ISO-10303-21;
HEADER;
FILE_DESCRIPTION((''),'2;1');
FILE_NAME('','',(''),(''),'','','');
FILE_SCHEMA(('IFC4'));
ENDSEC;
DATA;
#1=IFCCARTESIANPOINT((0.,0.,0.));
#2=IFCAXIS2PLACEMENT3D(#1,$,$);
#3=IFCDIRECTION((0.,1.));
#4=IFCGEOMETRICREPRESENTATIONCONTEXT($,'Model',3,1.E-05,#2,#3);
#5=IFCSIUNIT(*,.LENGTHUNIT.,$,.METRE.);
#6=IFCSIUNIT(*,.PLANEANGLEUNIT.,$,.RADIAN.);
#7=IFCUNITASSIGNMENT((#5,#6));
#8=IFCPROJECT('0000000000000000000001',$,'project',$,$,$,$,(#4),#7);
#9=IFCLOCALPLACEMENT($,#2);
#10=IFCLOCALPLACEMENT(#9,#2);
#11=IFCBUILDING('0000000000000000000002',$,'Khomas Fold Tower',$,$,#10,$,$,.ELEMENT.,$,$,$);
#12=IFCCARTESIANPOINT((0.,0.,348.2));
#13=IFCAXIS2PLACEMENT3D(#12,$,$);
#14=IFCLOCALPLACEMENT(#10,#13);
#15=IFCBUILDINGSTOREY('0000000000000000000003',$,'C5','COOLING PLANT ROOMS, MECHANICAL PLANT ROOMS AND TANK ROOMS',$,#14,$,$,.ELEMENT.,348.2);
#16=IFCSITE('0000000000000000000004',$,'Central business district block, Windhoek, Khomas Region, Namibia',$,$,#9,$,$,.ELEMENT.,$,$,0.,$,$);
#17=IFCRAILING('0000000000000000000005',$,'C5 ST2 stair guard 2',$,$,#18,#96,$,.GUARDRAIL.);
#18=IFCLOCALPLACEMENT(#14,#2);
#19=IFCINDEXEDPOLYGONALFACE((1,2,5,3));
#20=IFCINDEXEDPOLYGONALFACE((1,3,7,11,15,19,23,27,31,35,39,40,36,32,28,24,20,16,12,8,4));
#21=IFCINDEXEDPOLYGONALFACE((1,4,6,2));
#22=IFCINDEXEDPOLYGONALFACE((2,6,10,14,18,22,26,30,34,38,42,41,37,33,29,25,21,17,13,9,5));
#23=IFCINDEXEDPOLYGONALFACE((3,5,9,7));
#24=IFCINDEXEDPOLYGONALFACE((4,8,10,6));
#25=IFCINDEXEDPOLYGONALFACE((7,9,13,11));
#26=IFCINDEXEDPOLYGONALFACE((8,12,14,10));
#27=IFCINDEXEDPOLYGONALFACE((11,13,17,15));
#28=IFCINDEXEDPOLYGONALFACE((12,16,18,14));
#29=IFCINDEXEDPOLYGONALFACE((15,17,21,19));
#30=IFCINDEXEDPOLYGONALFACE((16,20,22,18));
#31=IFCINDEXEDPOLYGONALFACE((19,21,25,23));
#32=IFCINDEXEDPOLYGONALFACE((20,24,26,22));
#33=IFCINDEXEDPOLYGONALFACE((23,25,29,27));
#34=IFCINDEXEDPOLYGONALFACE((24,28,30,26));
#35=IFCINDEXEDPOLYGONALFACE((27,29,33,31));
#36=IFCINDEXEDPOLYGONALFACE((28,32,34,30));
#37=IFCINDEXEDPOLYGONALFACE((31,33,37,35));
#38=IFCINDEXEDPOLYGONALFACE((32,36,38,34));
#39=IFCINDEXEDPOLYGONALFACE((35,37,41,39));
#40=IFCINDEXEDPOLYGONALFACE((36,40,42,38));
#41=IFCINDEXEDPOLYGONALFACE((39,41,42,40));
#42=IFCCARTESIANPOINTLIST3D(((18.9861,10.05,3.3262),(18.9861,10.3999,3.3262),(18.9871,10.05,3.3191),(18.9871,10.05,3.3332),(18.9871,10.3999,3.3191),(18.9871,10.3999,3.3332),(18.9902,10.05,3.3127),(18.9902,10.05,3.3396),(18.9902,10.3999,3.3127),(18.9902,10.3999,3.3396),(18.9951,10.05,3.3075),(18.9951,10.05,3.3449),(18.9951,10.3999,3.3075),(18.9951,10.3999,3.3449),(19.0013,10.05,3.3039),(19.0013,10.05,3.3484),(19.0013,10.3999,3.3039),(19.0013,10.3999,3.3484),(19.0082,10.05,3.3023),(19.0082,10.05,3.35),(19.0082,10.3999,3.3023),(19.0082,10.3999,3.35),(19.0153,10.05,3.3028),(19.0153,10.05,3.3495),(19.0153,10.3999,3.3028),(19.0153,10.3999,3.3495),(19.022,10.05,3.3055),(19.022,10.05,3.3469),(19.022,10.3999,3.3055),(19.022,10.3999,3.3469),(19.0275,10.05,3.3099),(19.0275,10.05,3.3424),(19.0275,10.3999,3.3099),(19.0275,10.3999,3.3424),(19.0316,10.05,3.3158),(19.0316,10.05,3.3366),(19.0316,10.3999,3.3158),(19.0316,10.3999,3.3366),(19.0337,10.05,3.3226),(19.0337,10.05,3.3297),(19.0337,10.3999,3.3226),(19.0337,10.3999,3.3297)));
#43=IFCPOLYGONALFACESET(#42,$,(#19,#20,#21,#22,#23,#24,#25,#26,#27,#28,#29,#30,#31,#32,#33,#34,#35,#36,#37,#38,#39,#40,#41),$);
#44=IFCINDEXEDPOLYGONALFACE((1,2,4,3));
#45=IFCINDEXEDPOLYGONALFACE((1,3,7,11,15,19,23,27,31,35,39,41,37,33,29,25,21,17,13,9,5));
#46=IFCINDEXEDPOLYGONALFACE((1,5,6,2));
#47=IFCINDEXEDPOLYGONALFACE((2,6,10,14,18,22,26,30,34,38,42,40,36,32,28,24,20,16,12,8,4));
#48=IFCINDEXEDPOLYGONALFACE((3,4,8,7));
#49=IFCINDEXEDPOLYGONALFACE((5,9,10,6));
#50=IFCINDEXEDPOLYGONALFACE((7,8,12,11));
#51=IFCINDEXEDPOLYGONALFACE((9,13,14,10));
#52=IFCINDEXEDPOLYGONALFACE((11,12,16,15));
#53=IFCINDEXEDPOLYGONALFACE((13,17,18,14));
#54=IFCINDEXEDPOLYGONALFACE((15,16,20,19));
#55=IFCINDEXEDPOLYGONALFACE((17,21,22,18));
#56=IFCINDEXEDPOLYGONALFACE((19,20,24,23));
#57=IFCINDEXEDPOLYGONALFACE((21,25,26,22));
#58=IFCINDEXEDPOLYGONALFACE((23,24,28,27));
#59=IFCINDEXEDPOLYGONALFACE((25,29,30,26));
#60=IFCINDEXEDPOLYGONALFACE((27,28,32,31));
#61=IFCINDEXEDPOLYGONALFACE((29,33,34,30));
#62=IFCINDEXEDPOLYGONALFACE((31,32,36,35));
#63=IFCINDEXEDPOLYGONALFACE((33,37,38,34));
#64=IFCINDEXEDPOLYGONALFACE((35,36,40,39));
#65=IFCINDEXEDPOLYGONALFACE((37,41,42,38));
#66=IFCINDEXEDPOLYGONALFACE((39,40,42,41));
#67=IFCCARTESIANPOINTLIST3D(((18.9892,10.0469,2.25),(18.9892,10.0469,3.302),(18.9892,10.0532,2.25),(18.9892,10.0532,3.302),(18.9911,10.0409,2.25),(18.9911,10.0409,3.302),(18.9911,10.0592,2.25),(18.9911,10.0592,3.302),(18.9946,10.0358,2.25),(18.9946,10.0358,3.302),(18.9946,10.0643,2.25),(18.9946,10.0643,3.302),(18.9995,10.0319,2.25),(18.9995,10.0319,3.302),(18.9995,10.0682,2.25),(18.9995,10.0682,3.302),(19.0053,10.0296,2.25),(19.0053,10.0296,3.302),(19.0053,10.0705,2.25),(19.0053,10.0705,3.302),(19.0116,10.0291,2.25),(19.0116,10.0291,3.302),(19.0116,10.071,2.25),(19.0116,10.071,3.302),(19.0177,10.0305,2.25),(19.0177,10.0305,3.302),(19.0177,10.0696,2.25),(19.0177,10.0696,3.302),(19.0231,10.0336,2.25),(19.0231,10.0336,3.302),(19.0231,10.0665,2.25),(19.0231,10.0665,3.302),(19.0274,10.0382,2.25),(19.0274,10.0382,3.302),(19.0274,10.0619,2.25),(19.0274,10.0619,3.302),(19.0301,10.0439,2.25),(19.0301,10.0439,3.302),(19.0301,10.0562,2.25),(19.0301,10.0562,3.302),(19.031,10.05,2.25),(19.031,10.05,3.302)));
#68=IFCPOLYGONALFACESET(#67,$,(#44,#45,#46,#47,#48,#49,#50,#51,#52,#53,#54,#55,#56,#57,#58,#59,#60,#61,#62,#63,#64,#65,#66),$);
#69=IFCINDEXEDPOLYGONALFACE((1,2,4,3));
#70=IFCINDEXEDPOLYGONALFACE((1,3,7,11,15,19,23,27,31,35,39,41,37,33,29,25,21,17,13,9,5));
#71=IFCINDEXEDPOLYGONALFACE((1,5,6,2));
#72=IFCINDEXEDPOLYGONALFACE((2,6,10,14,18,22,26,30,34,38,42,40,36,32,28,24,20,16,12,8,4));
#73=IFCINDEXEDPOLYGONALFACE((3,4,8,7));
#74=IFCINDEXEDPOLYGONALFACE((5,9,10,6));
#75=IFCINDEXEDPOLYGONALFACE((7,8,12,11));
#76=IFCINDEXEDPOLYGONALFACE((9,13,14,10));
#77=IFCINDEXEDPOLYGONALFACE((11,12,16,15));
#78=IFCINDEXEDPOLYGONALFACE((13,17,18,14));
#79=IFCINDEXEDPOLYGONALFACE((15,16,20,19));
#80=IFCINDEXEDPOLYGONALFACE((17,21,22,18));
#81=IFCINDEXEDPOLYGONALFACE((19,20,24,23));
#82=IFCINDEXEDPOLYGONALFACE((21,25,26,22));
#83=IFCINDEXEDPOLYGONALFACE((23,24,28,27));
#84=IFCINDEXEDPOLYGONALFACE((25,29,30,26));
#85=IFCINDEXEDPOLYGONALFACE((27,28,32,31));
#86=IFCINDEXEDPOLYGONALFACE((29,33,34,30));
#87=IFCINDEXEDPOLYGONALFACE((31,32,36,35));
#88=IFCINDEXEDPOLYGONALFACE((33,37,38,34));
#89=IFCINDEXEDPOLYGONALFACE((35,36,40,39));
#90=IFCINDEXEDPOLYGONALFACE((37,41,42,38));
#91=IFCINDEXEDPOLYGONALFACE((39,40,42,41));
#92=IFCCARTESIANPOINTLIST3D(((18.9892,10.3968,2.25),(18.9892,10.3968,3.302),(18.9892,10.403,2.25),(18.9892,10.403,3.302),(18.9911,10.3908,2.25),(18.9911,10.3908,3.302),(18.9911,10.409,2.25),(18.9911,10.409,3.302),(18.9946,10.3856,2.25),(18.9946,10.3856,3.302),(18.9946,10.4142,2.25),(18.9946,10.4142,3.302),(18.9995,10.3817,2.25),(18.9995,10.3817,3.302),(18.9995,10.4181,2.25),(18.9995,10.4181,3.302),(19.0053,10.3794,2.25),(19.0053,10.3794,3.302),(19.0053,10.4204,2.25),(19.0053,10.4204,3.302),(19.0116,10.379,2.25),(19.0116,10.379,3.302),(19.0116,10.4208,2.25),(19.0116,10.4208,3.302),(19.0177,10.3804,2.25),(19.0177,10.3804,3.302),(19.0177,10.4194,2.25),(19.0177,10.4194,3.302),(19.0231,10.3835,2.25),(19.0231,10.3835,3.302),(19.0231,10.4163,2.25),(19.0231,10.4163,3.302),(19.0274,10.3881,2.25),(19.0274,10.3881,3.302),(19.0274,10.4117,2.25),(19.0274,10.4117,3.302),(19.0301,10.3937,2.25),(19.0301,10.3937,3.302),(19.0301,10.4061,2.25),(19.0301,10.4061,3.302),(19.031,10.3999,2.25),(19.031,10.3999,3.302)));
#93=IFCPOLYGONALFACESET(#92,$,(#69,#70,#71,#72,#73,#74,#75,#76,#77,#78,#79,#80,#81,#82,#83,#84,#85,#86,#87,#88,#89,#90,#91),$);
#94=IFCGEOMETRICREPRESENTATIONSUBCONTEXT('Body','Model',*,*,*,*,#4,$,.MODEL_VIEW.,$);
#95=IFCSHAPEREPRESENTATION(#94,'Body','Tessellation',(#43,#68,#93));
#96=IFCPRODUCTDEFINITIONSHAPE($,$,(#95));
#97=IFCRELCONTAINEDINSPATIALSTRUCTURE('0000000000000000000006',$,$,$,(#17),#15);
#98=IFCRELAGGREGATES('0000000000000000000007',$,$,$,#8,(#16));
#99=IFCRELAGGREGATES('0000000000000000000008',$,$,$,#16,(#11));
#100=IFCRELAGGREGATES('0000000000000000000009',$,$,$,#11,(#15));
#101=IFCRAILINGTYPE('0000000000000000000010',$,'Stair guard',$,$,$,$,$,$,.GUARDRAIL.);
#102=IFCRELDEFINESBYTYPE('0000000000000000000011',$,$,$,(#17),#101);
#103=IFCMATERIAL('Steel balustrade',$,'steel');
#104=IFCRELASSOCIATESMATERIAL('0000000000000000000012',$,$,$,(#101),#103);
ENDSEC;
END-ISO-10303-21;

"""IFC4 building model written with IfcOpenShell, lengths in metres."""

from ifc_helpers import new_model, si_unit, direction, frame, origin, origin_2d, place, context, subcontext, project, spatial, circle, extrude, source, transform, mapped, material, type_object, element, save


model = new_model("IFC4")

# Units and contexts
model_context = context("Model", 3, precision=1e-05, world=origin(), true_north=direction((0.0, 1.0)))
body_context = subcontext(model_context, "Body", "Model", "MODEL_VIEW")
ifc_project = project(units=[si_unit("LENGTHUNIT", "METRE"), si_unit("PLANEANGLEUNIT", "RADIAN")], contexts=[model_context])

# Site, building, storey
site_placement = place(None, origin())
site = spatial("IfcSite", under=ifc_project, at=site_placement, Name="Central business district block, Windhoek, Khomas Region, Namibia", CompositionType="ELEMENT", RefElevation=0.0)
building_placement = place(site_placement, origin())
building = spatial("IfcBuilding", under=site, at=building_placement, Name="Khomas Fold Tower", CompositionType="ELEMENT")
storey_placement = place(building_placement, frame((0.0, 0.0, 348.2)))
storey = spatial("IfcBuildingStorey", under=building, at=storey_placement, Name="C5", Description="COOLING PLANT ROOMS, MECHANICAL PLANT ROOMS AND TANK ROOMS", CompositionType="ELEMENT", Elevation=348.2)

# Railing
ifc_material_1 = material(Name="Steel balustrade", Category="steel")
railing_type_1 = type_object("IfcRailingType", Name="Stair guard", PredefinedType="GUARDRAIL", material=ifc_material_1)
shared_shape_1 = source(origin(), body_context, "Body", "SweptSolid", [
    extrude(circle(Radius=0.0239, at=origin_2d()), frame((0.0, 0.0, 1.0762), z_axis=(0.0, 1.0, 0.0), x_axis=(-1.0, 0.0, 0.0)), (0.0, 0.0, 1.0), 0.3499),
    extrude(circle(Radius=0.021, at=origin_2d()), origin(), (0.0, 0.0, 1.0), 1.052),
    extrude(circle(Radius=0.021, at=origin_2d()), frame((0.0, 0.3499, 0.0)), (0.0, 0.0, 1.0), 1.052),
])
railing_1_placement = place(storey_placement, frame((19.01, 10.05, 2.25)))
element("IfcRailing", 1, at=railing_1_placement, inside=storey, type_object=railing_type_1, Name="C5 ST2 stair guard 2", PredefinedType="GUARDRAIL", context=body_context, shape_type="MappedRepresentation", body=[
    mapped(shared_shape_1, transform((0.0, 0.0, 0.0))),
])

save(model, "model.ifc")
